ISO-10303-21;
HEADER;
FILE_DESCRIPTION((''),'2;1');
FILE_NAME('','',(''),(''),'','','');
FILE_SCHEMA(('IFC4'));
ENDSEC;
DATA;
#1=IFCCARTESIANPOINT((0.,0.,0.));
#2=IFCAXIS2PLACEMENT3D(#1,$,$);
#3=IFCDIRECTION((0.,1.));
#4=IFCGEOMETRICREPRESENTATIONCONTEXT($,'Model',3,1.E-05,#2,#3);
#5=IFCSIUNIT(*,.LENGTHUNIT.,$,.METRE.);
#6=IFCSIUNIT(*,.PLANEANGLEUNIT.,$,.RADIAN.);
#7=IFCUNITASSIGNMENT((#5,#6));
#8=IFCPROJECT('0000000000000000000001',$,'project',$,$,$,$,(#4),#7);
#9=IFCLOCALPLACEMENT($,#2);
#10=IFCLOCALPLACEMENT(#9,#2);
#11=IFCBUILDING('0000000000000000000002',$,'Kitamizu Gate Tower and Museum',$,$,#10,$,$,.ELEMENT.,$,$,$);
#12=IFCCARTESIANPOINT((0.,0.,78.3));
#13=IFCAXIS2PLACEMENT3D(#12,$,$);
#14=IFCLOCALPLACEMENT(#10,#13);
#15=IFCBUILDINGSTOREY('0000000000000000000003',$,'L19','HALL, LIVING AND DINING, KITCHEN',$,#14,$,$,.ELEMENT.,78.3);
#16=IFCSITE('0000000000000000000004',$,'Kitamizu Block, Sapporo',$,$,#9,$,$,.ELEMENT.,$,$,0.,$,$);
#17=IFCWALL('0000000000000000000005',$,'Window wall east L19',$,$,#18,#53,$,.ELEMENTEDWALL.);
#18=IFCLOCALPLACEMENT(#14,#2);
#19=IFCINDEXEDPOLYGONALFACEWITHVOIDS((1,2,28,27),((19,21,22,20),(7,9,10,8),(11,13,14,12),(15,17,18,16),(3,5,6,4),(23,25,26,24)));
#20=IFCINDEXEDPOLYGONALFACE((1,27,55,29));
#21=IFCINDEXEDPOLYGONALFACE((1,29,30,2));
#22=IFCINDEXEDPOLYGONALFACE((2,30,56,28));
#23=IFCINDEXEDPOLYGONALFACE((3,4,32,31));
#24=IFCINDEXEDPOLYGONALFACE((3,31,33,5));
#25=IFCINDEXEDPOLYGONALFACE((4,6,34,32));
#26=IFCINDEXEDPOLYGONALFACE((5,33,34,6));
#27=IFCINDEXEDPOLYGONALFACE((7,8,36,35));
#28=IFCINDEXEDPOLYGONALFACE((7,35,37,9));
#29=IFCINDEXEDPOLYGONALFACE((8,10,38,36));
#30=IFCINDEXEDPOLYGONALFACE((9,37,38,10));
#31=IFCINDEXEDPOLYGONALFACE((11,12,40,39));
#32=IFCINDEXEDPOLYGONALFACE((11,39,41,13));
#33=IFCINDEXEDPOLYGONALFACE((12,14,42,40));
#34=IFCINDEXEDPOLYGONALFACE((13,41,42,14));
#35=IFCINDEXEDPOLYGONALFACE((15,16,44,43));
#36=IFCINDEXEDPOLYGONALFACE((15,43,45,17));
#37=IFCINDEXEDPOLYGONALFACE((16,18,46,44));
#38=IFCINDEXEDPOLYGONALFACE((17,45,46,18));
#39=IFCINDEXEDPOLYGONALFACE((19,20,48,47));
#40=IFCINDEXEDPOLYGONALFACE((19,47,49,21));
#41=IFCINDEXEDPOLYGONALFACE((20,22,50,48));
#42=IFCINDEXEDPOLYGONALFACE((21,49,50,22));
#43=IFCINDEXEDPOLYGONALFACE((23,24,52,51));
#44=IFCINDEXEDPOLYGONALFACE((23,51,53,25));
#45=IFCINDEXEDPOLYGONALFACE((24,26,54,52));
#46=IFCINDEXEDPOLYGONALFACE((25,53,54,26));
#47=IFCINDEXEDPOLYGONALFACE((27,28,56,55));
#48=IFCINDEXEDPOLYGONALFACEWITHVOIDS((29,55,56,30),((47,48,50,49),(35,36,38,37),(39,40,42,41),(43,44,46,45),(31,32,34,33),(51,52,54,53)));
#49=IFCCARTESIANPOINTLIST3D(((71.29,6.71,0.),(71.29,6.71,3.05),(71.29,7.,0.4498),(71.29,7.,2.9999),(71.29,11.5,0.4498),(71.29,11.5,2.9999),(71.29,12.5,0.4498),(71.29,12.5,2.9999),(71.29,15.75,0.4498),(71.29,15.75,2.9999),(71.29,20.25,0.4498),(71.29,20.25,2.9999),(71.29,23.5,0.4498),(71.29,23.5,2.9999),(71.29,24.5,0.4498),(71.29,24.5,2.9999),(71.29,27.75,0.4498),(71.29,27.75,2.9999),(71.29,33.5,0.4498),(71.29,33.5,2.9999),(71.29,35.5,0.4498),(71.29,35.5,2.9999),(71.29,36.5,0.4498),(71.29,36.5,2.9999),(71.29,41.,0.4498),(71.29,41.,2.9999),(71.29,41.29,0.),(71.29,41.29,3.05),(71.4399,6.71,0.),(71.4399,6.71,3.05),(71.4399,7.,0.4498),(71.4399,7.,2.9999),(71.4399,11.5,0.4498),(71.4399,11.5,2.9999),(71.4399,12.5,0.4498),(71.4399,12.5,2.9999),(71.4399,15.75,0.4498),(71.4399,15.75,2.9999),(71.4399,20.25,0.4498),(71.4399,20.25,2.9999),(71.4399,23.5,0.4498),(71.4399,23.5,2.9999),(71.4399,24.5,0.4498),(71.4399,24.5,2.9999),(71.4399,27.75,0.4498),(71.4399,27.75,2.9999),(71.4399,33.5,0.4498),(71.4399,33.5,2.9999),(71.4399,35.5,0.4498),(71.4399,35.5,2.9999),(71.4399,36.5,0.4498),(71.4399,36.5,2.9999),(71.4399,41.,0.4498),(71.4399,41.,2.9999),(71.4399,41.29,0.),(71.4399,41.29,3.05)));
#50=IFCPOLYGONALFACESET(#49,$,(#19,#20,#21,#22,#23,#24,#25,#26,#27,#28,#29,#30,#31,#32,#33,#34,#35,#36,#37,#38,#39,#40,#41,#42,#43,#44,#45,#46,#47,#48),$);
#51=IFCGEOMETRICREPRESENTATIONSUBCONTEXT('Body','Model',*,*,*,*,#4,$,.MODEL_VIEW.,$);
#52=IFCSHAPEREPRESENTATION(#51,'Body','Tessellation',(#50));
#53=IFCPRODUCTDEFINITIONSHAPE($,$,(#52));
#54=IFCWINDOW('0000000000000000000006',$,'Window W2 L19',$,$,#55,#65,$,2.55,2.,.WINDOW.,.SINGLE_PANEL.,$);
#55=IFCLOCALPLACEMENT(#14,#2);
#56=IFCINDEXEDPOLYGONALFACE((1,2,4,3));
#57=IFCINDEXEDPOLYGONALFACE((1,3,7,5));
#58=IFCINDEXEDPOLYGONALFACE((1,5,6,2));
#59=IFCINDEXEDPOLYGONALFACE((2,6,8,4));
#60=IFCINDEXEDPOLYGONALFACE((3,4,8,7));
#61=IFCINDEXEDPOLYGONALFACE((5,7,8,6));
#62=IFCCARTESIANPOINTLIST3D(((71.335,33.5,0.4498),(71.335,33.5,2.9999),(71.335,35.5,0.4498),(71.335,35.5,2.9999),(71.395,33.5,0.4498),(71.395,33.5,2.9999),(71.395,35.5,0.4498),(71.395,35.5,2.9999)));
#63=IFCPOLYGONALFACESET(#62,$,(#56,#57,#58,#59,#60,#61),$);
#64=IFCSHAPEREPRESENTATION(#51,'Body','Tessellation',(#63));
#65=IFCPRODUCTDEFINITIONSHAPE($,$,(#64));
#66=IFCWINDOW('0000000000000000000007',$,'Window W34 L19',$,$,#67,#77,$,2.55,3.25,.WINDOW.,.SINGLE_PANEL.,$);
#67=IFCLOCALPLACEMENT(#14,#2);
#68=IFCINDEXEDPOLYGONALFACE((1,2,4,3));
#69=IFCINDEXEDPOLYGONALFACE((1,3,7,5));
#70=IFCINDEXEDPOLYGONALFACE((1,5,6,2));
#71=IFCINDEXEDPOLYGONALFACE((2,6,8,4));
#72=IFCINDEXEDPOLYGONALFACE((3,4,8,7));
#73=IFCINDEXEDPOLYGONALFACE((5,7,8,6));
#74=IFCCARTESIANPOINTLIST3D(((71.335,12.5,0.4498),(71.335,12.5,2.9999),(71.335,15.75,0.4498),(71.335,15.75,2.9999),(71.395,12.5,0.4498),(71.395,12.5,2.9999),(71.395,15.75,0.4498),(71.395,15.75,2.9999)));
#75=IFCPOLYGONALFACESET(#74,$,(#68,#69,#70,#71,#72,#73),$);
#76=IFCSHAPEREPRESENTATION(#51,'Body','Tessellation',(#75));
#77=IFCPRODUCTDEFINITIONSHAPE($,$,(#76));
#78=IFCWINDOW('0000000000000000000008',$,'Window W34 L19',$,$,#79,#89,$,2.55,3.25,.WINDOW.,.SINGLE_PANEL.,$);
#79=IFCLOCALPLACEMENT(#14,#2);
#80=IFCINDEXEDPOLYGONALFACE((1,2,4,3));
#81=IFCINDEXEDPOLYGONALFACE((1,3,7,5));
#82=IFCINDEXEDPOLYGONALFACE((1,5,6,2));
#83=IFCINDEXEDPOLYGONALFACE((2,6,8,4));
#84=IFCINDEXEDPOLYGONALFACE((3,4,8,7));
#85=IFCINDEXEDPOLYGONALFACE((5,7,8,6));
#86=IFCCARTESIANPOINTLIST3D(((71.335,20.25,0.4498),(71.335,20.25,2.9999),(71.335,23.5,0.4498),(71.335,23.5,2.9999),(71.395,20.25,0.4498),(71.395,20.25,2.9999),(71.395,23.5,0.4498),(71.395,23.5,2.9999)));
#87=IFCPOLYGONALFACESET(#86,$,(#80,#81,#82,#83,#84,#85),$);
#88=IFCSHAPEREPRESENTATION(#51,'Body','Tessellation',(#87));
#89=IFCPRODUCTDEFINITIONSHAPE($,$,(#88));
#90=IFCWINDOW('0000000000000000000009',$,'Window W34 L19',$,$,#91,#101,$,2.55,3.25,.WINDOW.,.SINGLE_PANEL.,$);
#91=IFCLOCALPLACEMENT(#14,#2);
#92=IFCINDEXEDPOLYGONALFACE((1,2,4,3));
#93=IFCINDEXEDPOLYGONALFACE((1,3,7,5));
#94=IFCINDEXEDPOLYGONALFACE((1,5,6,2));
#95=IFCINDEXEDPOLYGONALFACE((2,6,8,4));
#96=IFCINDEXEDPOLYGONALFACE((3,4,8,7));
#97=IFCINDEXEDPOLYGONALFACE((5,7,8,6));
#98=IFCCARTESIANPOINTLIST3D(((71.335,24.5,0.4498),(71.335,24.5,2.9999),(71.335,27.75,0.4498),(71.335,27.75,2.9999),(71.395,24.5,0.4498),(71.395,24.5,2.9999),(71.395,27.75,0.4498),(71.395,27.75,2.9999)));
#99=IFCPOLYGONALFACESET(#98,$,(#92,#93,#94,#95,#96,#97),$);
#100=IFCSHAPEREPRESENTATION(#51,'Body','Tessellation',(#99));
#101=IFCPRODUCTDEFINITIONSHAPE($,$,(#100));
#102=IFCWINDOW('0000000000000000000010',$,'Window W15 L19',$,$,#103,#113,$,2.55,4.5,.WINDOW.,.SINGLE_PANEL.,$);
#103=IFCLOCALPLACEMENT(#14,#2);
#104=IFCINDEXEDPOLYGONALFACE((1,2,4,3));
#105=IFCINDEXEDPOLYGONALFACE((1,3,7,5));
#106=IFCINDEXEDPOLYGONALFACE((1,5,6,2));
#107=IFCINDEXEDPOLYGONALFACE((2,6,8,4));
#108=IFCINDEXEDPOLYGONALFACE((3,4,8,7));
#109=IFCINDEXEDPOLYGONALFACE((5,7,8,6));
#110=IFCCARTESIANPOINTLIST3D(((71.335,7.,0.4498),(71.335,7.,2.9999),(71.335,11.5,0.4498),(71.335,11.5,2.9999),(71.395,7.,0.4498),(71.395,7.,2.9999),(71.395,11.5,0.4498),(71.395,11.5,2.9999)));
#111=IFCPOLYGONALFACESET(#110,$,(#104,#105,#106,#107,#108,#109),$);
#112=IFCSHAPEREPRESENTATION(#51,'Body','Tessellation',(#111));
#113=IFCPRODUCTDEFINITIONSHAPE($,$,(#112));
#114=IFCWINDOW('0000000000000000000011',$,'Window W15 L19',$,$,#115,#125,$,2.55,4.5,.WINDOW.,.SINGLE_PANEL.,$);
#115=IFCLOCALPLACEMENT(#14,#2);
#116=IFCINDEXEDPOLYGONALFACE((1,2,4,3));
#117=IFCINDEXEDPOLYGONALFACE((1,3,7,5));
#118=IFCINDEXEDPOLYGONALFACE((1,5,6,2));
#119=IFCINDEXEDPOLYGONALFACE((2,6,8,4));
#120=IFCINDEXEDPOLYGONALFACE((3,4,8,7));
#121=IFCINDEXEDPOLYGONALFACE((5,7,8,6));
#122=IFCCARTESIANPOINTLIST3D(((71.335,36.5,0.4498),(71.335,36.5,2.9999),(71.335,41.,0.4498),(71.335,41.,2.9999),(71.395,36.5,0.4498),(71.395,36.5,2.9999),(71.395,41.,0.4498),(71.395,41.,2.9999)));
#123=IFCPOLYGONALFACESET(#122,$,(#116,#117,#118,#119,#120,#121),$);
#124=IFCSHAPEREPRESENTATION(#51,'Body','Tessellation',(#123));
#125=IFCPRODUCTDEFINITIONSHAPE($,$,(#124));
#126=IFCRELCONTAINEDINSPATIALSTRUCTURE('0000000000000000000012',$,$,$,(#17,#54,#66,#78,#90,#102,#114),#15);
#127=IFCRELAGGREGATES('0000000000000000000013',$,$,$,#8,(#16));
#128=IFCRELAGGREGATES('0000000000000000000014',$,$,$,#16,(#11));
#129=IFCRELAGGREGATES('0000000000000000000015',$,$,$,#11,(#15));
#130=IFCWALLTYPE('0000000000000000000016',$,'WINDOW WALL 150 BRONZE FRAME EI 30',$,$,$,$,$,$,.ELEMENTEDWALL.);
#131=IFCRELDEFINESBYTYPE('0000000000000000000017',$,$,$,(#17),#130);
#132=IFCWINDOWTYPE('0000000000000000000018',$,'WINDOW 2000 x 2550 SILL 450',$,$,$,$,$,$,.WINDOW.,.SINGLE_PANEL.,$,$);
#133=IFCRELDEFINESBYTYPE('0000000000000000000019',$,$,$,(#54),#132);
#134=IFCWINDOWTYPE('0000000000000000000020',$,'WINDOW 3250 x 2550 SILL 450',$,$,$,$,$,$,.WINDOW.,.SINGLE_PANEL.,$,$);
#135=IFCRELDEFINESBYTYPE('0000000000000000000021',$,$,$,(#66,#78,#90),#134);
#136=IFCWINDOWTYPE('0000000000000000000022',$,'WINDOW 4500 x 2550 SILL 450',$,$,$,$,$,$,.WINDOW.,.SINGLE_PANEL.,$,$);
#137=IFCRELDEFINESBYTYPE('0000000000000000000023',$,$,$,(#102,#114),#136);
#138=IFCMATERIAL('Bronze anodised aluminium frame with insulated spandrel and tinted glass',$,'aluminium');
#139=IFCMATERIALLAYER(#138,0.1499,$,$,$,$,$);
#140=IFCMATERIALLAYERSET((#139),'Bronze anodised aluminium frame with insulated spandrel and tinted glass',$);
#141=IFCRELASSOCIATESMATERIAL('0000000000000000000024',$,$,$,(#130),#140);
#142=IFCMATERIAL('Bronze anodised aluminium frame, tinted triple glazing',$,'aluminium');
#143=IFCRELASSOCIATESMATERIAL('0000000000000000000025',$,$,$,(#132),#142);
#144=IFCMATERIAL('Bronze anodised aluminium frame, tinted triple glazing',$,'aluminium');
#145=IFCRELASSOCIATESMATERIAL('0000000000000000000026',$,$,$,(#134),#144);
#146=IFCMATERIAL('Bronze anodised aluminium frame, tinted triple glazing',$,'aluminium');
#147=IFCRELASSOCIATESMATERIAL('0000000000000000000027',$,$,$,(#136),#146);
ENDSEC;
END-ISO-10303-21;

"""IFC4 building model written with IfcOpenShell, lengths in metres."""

from ifc_helpers import new_model, si_unit, direction, frame, frame_2d, origin, place, context, subcontext, project, spatial, rectangle, extrude, material, layer, layer_set, type_object, element, fill, save


model = new_model("IFC4")

# Units and contexts
model_context = context("Model", 3, precision=1e-05, world=origin(), true_north=direction((0.0, 1.0)))
body_context = subcontext(model_context, "Body", "Model", "MODEL_VIEW")
ifc_project = project(units=[si_unit("LENGTHUNIT", "METRE"), si_unit("PLANEANGLEUNIT", "RADIAN")], contexts=[model_context])

# Site, building, storey
site_placement = place(None, origin())
site = spatial("IfcSite", under=ifc_project, at=site_placement, Name="Kitamizu Block, Sapporo", CompositionType="ELEMENT", RefElevation=0.0)
building_placement = place(site_placement, origin())
building = spatial("IfcBuilding", under=site, at=building_placement, Name="Kitamizu Gate Tower and Museum", CompositionType="ELEMENT")
storey_placement = place(building_placement, frame((0.0, 0.0, 78.3)))
storey = spatial("IfcBuildingStorey", under=building, at=storey_placement, Name="L19", Description="HALL, LIVING AND DINING, KITCHEN", CompositionType="ELEMENT", Elevation=78.3)

# Shared definitions
ifc_material_1 = material(Name="Bronze anodised aluminium frame with insulated spandrel and tinted glass", Category="aluminium")
ifc_layer_1 = layer(ifc_material_1, 0.1499)
ifc_layer_set_1 = layer_set([ifc_layer_1], Name="Bronze anodised aluminium frame with insulated spandrel and tinted glass")
wall_type_1 = type_object("IfcWallType", Name="WINDOW WALL 150 BRONZE FRAME EI 30", PredefinedType="ELEMENTEDWALL", material=ifc_layer_set_1)

# Wall, openings, windows
wall_1_placement = place(storey_placement, frame((71.365, 6.71, 0.0), z_axis=(0.0, 0.0, 1.0), x_axis=(0.0, 1.0, 0.0)))
wall_1 = element("IfcWall", 1, at=wall_1_placement, inside=storey, type_object=wall_type_1, Name="Window wall east L19", PredefinedType="ELEMENTEDWALL", context=body_context, shape_type="SweptSolid", body=[
    extrude(rectangle(XDim=34.5801, YDim=0.1499, at=frame_2d((17.29, 0.0))), origin(), (0.0, 0.0, 1.0), 3.05),
])
opening_1_placement = place(wall_1_placement, frame((0.29, 0.0, 0.45)))
opening_1 = element("IfcOpeningElement", 2, at=opening_1_placement, cuts=wall_1, PredefinedType="OPENING", context=body_context, shape_type="SweptSolid", body=[
    extrude(rectangle(XDim=4.5, YDim=2.55, at=frame_2d((2.25, 1.2749))), frame((0.0, 0.085, 0.0), z_axis=(0.0, -1.0, 0.0), x_axis=(1.0, 0.0, 0.0)), (0.0, 0.0, 1.0), 0.1699),
])
opening_2_placement = place(wall_1_placement, frame((5.79, 0.0, 0.45)))
opening_2 = element("IfcOpeningElement", 3, at=opening_2_placement, cuts=wall_1, PredefinedType="OPENING", context=body_context, shape_type="SweptSolid", body=[
    extrude(rectangle(XDim=3.25, YDim=2.55, at=frame_2d((1.625, 1.2749))), frame((0.0, 0.085, 0.0), z_axis=(0.0, -1.0, 0.0), x_axis=(1.0, 0.0, 0.0)), (0.0, 0.0, 1.0), 0.1699),
])
opening_3_placement = place(wall_1_placement, frame((13.54, 0.0, 0.45)))
opening_3 = element("IfcOpeningElement", 4, at=opening_3_placement, cuts=wall_1, PredefinedType="OPENING", context=body_context, shape_type="SweptSolid", body=[
    extrude(rectangle(XDim=3.25, YDim=2.55, at=frame_2d((1.625, 1.2749))), frame((0.0, 0.085, 0.0), z_axis=(0.0, -1.0, 0.0), x_axis=(1.0, 0.0, 0.0)), (0.0, 0.0, 1.0), 0.1699),
])
opening_4_placement = place(wall_1_placement, frame((17.79, 0.0, 0.45)))
opening_4 = element("IfcOpeningElement", 5, at=opening_4_placement, cuts=wall_1, PredefinedType="OPENING", context=body_context, shape_type="SweptSolid", body=[
    extrude(rectangle(XDim=3.25, YDim=2.55, at=frame_2d((1.625, 1.2749))), frame((0.0, 0.085, 0.0), z_axis=(0.0, -1.0, 0.0), x_axis=(1.0, 0.0, 0.0)), (0.0, 0.0, 1.0), 0.1699),
])
opening_5_placement = place(wall_1_placement, frame((26.79, 0.0, 0.45)))
opening_5 = element("IfcOpeningElement", 6, at=opening_5_placement, cuts=wall_1, PredefinedType="OPENING", context=body_context, shape_type="SweptSolid", body=[
    extrude(rectangle(XDim=2.0, YDim=2.55, at=frame_2d((1.0, 1.2749))), frame((0.0, 0.085, 0.0), z_axis=(0.0, -1.0, 0.0), x_axis=(1.0, 0.0, 0.0)), (0.0, 0.0, 1.0), 0.1699),
])
opening_6_placement = place(wall_1_placement, frame((29.79, 0.0, 0.45)))
opening_6 = element("IfcOpeningElement", 7, at=opening_6_placement, cuts=wall_1, PredefinedType="OPENING", context=body_context, shape_type="SweptSolid", body=[
    extrude(rectangle(XDim=4.5, YDim=2.55, at=frame_2d((2.25, 1.2749))), frame((0.0, 0.085, 0.0), z_axis=(0.0, -1.0, 0.0), x_axis=(1.0, 0.0, 0.0)), (0.0, 0.0, 1.0), 0.1699),
])
ifc_material_2 = material(Name="Bronze anodised aluminium frame, tinted triple glazing", Category="aluminium")
window_type_1 = type_object("IfcWindowType", Name="WINDOW 2000 x 2550 SILL 450", PartitioningType="SINGLE_PANEL", PredefinedType="WINDOW", material=ifc_material_2)
window_1_placement = place(opening_5_placement, origin())
window_1 = element("IfcWindow", 8, at=window_1_placement, inside=storey, type_object=window_type_1, Name="Window W2 L19", OverallHeight=2.55, OverallWidth=2.0, PartitioningType="SINGLE_PANEL", PredefinedType="WINDOW", context=body_context, shape_type="SweptSolid", body=[
    extrude(rectangle(XDim=2.0, YDim=2.55, at=frame_2d((1.0, 1.2749))), frame((0.0, 0.03, 0.0), z_axis=(0.0, -1.0, 0.0), x_axis=(1.0, 0.0, 0.0)), (0.0, 0.0, 1.0), 0.0601),
])
fill(opening_5, window_1)
ifc_material_3 = material(Name="Bronze anodised aluminium frame, tinted triple glazing", Category="aluminium")
window_type_2 = type_object("IfcWindowType", Name="WINDOW 3250 x 2550 SILL 450", PartitioningType="SINGLE_PANEL", PredefinedType="WINDOW", material=ifc_material_3)
window_2_placement = place(opening_2_placement, origin())
window_2 = element("IfcWindow", 9, at=window_2_placement, inside=storey, type_object=window_type_2, Name="Window W34 L19", OverallHeight=2.55, OverallWidth=3.25, PartitioningType="SINGLE_PANEL", PredefinedType="WINDOW", context=body_context, shape_type="SweptSolid", body=[
    extrude(rectangle(XDim=3.25, YDim=2.55, at=frame_2d((1.625, 1.2749))), frame((0.0, 0.03, 0.0), z_axis=(0.0, -1.0, 0.0), x_axis=(1.0, 0.0, 0.0)), (0.0, 0.0, 1.0), 0.0601),
])
fill(opening_2, window_2)
window_3_placement = place(opening_3_placement, origin())
window_3 = element("IfcWindow", 10, at=window_3_placement, inside=storey, type_object=window_type_2, Name="Window W34 L19", OverallHeight=2.55, OverallWidth=3.25, PartitioningType="SINGLE_PANEL", PredefinedType="WINDOW", context=body_context, shape_type="SweptSolid", body=[
    extrude(rectangle(XDim=3.25, YDim=2.55, at=frame_2d((1.625, 1.2749))), frame((0.0, 0.03, 0.0), z_axis=(0.0, -1.0, 0.0), x_axis=(1.0, 0.0, 0.0)), (0.0, 0.0, 1.0), 0.0601),
])
fill(opening_3, window_3)
window_4_placement = place(opening_4_placement, origin())
window_4 = element("IfcWindow", 11, at=window_4_placement, inside=storey, type_object=window_type_2, Name="Window W34 L19", OverallHeight=2.55, OverallWidth=3.25, PartitioningType="SINGLE_PANEL", PredefinedType="WINDOW", context=body_context, shape_type="SweptSolid", body=[
    extrude(rectangle(XDim=3.25, YDim=2.55, at=frame_2d((1.625, 1.2749))), frame((0.0, 0.03, 0.0), z_axis=(0.0, -1.0, 0.0), x_axis=(1.0, 0.0, 0.0)), (0.0, 0.0, 1.0), 0.0601),
])
fill(opening_4, window_4)
ifc_material_4 = material(Name="Bronze anodised aluminium frame, tinted triple glazing", Category="aluminium")
window_type_3 = type_object("IfcWindowType", Name="WINDOW 4500 x 2550 SILL 450", PartitioningType="SINGLE_PANEL", PredefinedType="WINDOW", material=ifc_material_4)
window_5_placement = place(opening_1_placement, origin())
window_5 = element("IfcWindow", 12, at=window_5_placement, inside=storey, type_object=window_type_3, Name="Window W15 L19", OverallHeight=2.55, OverallWidth=4.5, PartitioningType="SINGLE_PANEL", PredefinedType="WINDOW", context=body_context, shape_type="SweptSolid", body=[
    extrude(rectangle(XDim=4.5, YDim=2.55, at=frame_2d((2.25, 1.2749))), frame((0.0, 0.03, 0.0), z_axis=(0.0, -1.0, 0.0), x_axis=(1.0, 0.0, 0.0)), (0.0, 0.0, 1.0), 0.0601),
])
fill(opening_1, window_5)
window_6_placement = place(opening_6_placement, origin())
window_6 = element("IfcWindow", 13, at=window_6_placement, inside=storey, type_object=window_type_3, Name="Window W15 L19", OverallHeight=2.55, OverallWidth=4.5, PartitioningType="SINGLE_PANEL", PredefinedType="WINDOW", context=body_context, shape_type="SweptSolid", body=[
    extrude(rectangle(XDim=4.5, YDim=2.55, at=frame_2d((2.25, 1.2749))), frame((0.0, 0.03, 0.0), z_axis=(0.0, -1.0, 0.0), x_axis=(1.0, 0.0, 0.0)), (0.0, 0.0, 1.0), 0.0601),
])
fill(opening_6, window_6)

save(model, "model.ifc")
